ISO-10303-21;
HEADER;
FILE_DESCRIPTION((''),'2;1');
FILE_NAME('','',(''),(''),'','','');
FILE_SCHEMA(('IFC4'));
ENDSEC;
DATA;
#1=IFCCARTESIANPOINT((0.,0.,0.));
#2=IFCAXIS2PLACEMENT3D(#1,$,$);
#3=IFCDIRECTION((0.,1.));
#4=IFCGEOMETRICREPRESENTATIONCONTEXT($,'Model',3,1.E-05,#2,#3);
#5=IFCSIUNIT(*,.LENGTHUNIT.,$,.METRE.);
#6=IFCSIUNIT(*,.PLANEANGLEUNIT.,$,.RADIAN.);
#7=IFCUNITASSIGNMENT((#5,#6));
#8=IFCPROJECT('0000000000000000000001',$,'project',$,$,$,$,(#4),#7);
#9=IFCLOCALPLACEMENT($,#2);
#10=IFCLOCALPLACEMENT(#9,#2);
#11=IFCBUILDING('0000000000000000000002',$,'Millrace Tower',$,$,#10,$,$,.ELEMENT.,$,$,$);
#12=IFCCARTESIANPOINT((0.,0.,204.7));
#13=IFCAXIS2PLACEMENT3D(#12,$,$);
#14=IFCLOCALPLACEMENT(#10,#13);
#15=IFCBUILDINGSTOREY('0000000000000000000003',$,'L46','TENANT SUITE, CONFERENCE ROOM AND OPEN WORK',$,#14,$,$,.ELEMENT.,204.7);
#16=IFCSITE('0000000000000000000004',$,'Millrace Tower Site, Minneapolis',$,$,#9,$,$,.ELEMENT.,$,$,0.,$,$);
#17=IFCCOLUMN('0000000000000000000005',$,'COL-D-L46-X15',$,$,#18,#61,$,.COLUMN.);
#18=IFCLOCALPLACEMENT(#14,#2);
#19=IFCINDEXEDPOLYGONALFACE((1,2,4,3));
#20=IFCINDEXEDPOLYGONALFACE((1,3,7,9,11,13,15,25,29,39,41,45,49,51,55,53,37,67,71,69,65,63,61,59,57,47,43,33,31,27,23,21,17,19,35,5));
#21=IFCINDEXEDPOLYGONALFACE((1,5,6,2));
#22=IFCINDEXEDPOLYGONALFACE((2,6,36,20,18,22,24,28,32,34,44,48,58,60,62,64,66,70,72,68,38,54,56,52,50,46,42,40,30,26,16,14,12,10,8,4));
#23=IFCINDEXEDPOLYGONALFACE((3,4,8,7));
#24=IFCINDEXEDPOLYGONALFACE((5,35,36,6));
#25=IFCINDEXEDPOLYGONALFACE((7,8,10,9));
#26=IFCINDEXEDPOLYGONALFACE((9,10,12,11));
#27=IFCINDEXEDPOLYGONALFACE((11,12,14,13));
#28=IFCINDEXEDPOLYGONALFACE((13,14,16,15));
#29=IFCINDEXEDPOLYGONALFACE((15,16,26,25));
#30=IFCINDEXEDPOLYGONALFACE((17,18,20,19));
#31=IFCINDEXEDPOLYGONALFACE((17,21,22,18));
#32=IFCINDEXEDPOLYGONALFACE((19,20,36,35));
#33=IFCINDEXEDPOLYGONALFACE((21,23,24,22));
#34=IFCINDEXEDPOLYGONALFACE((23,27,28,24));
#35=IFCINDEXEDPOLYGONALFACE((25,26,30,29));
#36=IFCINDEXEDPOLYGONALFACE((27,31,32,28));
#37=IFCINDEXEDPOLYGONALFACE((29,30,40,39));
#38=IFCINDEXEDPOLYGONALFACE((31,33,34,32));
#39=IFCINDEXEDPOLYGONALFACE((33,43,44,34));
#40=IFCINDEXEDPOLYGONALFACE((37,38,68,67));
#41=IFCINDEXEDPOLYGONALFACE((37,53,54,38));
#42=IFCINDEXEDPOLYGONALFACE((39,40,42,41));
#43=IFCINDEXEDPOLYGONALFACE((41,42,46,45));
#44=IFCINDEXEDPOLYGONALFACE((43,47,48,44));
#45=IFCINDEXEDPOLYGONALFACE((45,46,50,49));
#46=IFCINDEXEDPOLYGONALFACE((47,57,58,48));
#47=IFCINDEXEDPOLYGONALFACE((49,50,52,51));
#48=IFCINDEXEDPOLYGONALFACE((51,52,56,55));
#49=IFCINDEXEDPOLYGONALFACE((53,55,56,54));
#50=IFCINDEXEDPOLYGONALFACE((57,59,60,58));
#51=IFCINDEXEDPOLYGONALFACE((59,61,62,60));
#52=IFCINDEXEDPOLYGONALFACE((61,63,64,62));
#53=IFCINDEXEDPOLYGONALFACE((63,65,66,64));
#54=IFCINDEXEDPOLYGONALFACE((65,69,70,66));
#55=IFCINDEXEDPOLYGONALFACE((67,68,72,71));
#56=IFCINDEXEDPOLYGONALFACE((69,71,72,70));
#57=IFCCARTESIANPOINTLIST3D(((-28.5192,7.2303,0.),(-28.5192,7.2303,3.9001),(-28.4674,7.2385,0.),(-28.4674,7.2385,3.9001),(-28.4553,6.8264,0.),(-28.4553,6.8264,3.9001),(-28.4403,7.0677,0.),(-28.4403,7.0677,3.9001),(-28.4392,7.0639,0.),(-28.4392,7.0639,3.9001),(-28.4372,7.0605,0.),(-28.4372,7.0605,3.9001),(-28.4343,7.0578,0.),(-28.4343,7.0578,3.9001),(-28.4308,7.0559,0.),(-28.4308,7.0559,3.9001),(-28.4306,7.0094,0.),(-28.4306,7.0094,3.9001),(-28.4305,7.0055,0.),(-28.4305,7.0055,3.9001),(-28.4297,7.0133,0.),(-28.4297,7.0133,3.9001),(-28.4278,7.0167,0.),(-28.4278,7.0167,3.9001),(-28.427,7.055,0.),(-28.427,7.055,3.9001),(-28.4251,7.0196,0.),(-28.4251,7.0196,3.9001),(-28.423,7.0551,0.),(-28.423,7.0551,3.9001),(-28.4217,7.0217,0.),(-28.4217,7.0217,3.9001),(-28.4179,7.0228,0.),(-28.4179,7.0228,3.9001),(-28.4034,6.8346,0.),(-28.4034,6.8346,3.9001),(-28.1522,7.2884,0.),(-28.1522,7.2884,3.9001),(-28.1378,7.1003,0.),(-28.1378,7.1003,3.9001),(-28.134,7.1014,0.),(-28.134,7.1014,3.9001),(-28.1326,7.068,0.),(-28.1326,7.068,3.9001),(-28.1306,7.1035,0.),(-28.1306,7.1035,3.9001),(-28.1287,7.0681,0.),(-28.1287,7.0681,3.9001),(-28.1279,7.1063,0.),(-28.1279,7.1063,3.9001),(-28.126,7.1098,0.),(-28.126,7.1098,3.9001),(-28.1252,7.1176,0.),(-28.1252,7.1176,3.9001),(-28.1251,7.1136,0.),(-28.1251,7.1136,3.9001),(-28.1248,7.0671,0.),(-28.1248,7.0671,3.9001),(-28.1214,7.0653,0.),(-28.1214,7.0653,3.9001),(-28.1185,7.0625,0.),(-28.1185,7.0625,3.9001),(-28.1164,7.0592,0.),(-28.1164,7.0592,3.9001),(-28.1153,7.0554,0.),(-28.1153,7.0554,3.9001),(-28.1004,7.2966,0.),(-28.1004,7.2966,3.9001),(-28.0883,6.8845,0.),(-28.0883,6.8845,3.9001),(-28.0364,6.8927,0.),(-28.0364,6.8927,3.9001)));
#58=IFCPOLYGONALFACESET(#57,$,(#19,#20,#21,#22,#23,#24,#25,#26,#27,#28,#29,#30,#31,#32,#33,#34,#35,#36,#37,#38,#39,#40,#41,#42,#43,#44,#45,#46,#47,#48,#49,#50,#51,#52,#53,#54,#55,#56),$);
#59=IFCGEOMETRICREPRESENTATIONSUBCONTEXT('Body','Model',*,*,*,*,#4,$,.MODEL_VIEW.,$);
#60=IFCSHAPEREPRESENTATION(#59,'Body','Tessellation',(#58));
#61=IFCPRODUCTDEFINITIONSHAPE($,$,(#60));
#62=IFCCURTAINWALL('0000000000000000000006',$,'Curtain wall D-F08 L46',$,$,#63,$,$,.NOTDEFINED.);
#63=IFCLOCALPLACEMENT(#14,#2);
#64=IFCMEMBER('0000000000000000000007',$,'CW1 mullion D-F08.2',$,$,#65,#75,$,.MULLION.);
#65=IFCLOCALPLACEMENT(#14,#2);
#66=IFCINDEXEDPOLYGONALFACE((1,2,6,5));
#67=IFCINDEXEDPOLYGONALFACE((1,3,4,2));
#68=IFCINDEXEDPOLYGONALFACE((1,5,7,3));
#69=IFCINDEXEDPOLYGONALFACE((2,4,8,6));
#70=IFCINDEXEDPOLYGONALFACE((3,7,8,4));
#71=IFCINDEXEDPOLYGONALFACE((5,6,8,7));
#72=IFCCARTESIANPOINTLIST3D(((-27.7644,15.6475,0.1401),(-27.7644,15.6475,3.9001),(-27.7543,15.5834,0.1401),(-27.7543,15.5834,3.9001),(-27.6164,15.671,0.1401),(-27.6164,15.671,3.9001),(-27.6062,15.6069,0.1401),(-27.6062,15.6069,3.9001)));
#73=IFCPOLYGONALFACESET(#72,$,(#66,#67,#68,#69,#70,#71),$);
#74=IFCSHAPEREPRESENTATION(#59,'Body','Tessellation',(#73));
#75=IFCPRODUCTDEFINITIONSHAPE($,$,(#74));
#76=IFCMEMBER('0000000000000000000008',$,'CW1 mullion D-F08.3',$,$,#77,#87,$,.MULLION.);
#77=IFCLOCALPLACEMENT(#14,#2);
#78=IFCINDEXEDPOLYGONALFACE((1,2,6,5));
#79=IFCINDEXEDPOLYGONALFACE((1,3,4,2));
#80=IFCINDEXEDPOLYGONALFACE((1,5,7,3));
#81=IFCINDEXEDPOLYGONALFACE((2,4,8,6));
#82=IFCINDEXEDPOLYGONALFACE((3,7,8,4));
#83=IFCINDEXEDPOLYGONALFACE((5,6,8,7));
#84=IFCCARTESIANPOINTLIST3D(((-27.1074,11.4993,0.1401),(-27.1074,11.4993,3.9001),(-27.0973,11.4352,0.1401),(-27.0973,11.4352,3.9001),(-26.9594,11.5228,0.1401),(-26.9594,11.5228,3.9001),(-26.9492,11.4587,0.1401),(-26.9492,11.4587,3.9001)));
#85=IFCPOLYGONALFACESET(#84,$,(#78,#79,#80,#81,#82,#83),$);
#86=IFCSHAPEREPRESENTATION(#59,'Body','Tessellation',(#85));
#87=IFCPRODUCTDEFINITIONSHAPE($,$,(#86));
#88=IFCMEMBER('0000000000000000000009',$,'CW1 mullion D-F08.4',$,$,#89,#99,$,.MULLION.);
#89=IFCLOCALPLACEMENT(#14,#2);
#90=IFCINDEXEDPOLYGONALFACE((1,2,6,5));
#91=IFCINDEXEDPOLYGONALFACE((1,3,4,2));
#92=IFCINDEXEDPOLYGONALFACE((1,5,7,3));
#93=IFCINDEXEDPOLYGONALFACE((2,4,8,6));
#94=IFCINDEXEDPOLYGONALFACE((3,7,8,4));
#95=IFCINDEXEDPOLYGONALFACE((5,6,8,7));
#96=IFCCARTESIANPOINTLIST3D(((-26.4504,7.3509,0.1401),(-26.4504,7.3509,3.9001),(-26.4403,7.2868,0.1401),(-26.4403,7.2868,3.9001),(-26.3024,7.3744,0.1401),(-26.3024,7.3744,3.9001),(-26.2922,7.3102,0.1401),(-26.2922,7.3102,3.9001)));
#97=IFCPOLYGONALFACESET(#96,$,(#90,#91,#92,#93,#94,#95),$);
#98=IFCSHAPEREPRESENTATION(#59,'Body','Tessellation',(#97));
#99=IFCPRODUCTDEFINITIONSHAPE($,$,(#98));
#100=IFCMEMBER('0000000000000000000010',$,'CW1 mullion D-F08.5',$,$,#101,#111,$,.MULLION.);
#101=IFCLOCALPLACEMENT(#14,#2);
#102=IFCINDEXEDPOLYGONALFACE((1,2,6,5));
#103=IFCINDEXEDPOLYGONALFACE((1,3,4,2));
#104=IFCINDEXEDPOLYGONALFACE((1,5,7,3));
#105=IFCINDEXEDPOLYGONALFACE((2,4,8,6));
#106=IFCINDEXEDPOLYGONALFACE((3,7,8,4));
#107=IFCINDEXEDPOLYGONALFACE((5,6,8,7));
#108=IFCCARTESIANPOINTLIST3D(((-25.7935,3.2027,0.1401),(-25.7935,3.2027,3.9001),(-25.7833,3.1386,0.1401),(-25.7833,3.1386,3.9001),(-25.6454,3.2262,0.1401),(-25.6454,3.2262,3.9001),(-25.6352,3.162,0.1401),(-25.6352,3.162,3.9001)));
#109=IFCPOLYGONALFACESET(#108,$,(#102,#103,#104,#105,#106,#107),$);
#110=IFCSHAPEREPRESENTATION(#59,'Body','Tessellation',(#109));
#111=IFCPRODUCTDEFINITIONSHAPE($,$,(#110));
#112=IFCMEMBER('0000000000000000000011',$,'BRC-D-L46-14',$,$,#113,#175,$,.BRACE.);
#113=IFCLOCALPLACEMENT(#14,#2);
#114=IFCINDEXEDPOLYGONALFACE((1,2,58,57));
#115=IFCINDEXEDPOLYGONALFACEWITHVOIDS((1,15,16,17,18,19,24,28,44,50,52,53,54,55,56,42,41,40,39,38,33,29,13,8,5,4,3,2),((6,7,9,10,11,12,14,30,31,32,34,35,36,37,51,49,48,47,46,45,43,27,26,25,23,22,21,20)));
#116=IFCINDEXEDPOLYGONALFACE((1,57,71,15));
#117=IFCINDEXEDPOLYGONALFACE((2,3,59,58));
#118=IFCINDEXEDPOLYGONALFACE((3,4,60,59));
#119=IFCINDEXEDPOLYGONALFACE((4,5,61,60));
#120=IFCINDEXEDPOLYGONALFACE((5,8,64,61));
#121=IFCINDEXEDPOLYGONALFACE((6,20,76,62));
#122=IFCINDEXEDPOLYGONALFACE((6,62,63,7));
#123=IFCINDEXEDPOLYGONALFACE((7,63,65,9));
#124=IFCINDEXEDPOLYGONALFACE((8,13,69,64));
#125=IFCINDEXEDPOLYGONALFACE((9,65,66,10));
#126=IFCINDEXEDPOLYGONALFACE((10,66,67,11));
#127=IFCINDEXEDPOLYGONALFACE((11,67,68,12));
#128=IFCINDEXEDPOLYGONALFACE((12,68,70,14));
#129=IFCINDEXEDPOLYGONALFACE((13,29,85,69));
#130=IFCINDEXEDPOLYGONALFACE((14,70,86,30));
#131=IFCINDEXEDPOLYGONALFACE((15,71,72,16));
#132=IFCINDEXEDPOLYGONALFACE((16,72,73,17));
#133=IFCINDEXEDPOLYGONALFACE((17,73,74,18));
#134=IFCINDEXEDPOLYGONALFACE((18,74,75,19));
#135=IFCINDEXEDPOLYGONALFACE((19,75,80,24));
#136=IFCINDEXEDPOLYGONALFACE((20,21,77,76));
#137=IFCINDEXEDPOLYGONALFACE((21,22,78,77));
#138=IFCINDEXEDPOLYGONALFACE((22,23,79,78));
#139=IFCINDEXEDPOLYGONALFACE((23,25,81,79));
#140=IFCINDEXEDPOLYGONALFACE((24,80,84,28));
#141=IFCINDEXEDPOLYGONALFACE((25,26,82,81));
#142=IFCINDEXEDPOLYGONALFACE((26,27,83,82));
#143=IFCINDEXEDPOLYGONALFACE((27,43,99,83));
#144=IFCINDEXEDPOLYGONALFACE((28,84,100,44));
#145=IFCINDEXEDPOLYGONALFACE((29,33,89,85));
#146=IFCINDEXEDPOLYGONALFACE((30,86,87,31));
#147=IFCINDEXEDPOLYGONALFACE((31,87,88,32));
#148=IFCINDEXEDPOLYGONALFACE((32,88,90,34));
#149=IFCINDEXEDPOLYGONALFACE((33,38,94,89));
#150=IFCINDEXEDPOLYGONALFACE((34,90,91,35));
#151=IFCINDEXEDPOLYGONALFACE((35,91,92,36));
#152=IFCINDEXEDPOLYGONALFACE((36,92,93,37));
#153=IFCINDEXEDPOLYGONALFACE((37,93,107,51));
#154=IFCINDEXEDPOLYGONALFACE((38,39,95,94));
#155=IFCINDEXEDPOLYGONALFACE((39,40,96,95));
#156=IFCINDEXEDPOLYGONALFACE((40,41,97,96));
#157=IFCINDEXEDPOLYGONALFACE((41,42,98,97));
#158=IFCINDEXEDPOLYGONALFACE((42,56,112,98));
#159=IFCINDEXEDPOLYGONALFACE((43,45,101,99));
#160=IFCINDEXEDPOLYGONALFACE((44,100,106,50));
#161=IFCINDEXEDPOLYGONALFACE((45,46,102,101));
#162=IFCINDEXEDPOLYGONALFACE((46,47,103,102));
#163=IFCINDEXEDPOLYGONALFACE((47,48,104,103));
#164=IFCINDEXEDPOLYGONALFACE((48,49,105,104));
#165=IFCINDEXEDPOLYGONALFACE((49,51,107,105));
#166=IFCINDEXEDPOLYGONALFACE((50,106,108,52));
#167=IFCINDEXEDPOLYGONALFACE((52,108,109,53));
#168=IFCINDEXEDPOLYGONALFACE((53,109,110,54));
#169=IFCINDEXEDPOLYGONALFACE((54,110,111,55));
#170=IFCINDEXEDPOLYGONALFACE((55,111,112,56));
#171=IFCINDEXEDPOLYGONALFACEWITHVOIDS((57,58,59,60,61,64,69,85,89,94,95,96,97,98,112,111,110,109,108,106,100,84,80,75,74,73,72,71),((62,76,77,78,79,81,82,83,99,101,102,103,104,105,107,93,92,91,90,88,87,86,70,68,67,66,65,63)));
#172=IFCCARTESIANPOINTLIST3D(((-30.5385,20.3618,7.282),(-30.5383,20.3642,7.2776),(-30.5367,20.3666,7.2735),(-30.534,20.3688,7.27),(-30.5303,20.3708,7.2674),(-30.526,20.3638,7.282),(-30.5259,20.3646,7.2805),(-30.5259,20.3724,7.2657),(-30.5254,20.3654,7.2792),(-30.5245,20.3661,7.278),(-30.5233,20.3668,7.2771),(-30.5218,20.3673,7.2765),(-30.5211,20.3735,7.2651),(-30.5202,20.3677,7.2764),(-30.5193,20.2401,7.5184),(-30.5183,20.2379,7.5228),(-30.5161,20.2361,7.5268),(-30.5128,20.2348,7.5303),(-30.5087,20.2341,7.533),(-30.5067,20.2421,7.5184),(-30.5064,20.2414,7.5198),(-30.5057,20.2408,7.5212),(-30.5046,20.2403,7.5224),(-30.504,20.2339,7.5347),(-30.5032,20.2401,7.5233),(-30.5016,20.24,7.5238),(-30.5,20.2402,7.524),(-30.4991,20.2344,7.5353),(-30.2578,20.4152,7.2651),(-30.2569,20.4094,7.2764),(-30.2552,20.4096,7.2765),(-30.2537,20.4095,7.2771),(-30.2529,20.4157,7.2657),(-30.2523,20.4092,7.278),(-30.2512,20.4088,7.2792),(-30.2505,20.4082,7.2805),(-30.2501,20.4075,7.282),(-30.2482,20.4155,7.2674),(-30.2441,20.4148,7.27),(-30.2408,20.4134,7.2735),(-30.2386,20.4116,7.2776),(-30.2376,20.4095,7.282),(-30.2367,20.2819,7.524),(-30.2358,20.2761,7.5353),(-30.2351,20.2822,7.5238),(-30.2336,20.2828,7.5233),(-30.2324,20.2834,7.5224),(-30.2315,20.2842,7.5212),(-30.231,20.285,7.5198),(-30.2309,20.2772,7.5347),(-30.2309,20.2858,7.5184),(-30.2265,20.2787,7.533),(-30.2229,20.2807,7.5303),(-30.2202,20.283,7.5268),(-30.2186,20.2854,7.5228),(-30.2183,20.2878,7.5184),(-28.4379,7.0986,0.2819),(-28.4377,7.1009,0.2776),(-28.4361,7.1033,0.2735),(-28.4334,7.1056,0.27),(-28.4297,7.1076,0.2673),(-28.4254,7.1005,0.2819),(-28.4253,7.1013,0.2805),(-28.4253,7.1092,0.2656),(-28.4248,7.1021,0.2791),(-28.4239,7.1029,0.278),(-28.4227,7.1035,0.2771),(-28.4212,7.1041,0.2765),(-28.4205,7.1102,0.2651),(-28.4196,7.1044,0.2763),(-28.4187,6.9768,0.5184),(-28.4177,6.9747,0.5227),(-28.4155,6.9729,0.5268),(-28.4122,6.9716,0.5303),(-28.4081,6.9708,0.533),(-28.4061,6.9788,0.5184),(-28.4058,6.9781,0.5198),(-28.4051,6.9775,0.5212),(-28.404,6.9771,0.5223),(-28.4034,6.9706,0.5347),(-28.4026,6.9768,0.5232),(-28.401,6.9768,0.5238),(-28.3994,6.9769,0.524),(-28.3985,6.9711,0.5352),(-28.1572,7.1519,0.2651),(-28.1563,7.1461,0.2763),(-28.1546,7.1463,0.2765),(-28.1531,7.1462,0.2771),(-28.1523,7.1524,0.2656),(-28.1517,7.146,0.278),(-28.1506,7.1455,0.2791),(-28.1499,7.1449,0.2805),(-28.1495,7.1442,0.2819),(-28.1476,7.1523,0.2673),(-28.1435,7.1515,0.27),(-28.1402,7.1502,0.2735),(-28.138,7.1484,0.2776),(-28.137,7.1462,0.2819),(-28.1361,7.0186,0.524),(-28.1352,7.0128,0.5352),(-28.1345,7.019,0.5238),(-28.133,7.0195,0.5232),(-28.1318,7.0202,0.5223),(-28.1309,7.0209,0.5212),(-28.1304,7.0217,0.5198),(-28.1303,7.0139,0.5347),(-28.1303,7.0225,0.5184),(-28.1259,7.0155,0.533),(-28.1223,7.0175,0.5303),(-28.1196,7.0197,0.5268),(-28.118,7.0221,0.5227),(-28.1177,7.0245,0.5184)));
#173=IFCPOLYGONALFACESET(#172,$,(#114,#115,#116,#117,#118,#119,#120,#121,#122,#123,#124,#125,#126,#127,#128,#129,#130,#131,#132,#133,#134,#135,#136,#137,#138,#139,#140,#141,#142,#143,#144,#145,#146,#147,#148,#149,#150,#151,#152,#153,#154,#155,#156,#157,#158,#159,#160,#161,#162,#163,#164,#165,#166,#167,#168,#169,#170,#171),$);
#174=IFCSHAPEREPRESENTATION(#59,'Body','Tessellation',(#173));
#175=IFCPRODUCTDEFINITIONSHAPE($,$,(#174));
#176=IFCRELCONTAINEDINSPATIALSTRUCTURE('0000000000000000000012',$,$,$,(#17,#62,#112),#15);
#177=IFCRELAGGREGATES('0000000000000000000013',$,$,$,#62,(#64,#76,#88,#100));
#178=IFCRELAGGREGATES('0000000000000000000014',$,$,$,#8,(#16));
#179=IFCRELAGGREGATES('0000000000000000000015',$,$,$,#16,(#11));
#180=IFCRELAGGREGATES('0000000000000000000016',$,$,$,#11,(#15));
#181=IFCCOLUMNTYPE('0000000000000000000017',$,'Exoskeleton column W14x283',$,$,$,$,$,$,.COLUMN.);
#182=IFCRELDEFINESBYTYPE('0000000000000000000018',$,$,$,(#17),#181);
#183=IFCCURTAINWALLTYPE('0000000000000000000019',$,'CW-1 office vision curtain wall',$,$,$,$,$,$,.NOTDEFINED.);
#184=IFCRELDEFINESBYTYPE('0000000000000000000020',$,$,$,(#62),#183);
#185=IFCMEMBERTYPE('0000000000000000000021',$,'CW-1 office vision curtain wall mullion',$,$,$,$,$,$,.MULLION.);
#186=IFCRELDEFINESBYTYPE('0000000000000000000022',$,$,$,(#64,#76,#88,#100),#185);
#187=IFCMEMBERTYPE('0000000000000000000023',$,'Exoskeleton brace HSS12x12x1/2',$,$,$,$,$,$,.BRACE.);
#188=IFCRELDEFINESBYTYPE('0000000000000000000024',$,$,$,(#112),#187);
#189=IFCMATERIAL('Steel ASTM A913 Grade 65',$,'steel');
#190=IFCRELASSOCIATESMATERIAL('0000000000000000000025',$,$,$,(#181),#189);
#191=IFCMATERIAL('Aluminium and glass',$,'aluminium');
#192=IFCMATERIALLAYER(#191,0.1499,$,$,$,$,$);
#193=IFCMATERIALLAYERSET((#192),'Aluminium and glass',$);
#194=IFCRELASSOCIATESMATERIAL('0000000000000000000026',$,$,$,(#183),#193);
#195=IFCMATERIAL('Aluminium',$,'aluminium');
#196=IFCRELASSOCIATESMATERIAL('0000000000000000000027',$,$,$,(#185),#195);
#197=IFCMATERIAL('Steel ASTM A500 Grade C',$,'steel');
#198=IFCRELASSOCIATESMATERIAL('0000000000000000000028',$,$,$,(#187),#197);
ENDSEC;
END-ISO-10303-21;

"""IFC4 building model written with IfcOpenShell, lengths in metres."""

from ifc_helpers import new_model, si_unit, direction, frame, origin, origin_2d, place, context, subcontext, project, spatial, rectangle, hollow_rectangle, i_section, extrude, material, layer, layer_set, material_profile, profile_set, type_object, element, aggregate, save


model = new_model("IFC4")

# Units and contexts
model_context = context("Model", 3, precision=1e-05, world=origin(), true_north=direction((0.0, 1.0)))
body_context = subcontext(model_context, "Body", "Model", "MODEL_VIEW")
ifc_project = project(units=[si_unit("LENGTHUNIT", "METRE"), si_unit("PLANEANGLEUNIT", "RADIAN")], contexts=[model_context])

# Site, building, storey
site_placement = place(None, origin())
site = spatial("IfcSite", under=ifc_project, at=site_placement, Name="Millrace Tower Site, Minneapolis", CompositionType="ELEMENT", RefElevation=0.0)
building_placement = place(site_placement, origin())
building = spatial("IfcBuilding", under=site, at=building_placement, Name="Millrace Tower", CompositionType="ELEMENT")
storey_placement = place(building_placement, frame((0.0, 0.0, 204.7)))
storey = spatial("IfcBuildingStorey", under=building, at=storey_placement, Name="L46", Description="TENANT SUITE, CONFERENCE ROOM AND OPEN WORK", CompositionType="ELEMENT", Elevation=204.7)

# Column
ifc_material_1 = material(Name="Steel ASTM A913 Grade 65", Category="steel")
ifc_material_profile_1 = material_profile(ifc_material_1, i_section(OverallWidth=0.4089, OverallDepth=0.4241, WebThickness=0.0327, FlangeThickness=0.0525, FilletRadius=0.0151, at=origin_2d()))
ifc_profile_set_1 = profile_set([ifc_material_profile_1], Name="Steel ASTM A913 Grade 65")
column_type = type_object("IfcColumnType", Name="Exoskeleton column W14x283", PredefinedType="COLUMN", material=ifc_profile_set_1)
column_placement = place(storey_placement, frame((-28.2778, 7.0615, 0.0), z_axis=(0.0, 0.0, 1.0), x_axis=(0.156434, -0.987688, 0.0)))
element("IfcColumn", 1, at=column_placement, inside=storey, type_object=column_type, Name="COL-D-L46-X15", PredefinedType="COLUMN", context=body_context, shape_type="SweptSolid", body=[
    extrude(i_section(OverallWidth=0.4089, OverallDepth=0.4241, WebThickness=0.0327, FlangeThickness=0.0525, FilletRadius=0.0151, at=origin_2d()), origin(), (0.0, 0.0, 1.0), 3.9001),
])

# Curtain wall, members
ifc_material_2 = material(Name="Aluminium and glass", Category="aluminium")
ifc_layer_1 = layer(ifc_material_2, 0.1499)
ifc_layer_set_1 = layer_set([ifc_layer_1], Name="Aluminium and glass")
curtain_wall_type = type_object("IfcCurtainWallType", Name="CW-1 office vision curtain wall", PredefinedType="NOTDEFINED", material=ifc_layer_set_1)
curtain_wall_placement = place(storey_placement, origin())
curtain_wall = element("IfcCurtainWall", 2, at=curtain_wall_placement, inside=storey, type_object=curtain_wall_type, Name="Curtain wall D-F08 L46", PredefinedType="NOTDEFINED")
ifc_material_3 = material(Name="Aluminium", Category="aluminium")
ifc_material_profile_2 = material_profile(ifc_material_3, rectangle(XDim=0.0649, YDim=0.1499, at=origin_2d()))
ifc_profile_set_2 = profile_set([ifc_material_profile_2], Name="Aluminium")
member_type_1 = type_object("IfcMemberType", Name="CW-1 office vision curtain wall mullion", PredefinedType="MULLION", material=ifc_profile_set_2)
member_1_placement = place(storey_placement, frame((-27.6853, 15.6272, 0.1401), z_axis=(0.0, 0.0, 1.0), x_axis=(0.156434, -0.987688, 0.0)))
member_1 = element("IfcMember", 3, at=member_1_placement, type_object=member_type_1, Name="CW1 mullion D-F08.2", PredefinedType="MULLION", context=body_context, shape_type="SweptSolid", body=[
    extrude(rectangle(XDim=0.0649, YDim=0.1499, at=origin_2d()), origin(), (0.0, 0.0, 1.0), 3.76),
])
member_2_placement = place(storey_placement, frame((-27.0283, 11.479, 0.1401), z_axis=(0.0, 0.0, 1.0), x_axis=(0.156434, -0.987688, 0.0)))
member_2 = element("IfcMember", 4, at=member_2_placement, type_object=member_type_1, Name="CW1 mullion D-F08.3", PredefinedType="MULLION", context=body_context, shape_type="SweptSolid", body=[
    extrude(rectangle(XDim=0.0649, YDim=0.1499, at=origin_2d()), origin(), (0.0, 0.0, 1.0), 3.76),
])
member_3_placement = place(storey_placement, frame((-26.3713, 7.3306, 0.1401), z_axis=(0.0, 0.0, 1.0), x_axis=(0.156434, -0.987688, 0.0)))
member_3 = element("IfcMember", 5, at=member_3_placement, type_object=member_type_1, Name="CW1 mullion D-F08.4", PredefinedType="MULLION", context=body_context, shape_type="SweptSolid", body=[
    extrude(rectangle(XDim=0.0649, YDim=0.1499, at=origin_2d()), origin(), (0.0, 0.0, 1.0), 3.76),
])
member_4_placement = place(storey_placement, frame((-25.7144, 3.1824, 0.1401), z_axis=(0.0, 0.0, 1.0), x_axis=(0.156434, -0.987688, 0.0)))
member_4 = element("IfcMember", 6, at=member_4_placement, type_object=member_type_1, Name="CW1 mullion D-F08.5", PredefinedType="MULLION", context=body_context, shape_type="SweptSolid", body=[
    extrude(rectangle(XDim=0.0649, YDim=0.1499, at=origin_2d()), origin(), (0.0, 0.0, 1.0), 3.76),
])
aggregate(curtain_wall, [member_1, member_2, member_3, member_4])

# Member
ifc_material_4 = material(Name="Steel ASTM A500 Grade C", Category="steel")
ifc_material_profile_3 = material_profile(ifc_material_4, hollow_rectangle(XDim=0.3047, YDim=0.3047, WallThickness=0.0127, InnerFilletRadius=0.0063, OuterFilletRadius=0.019, at=origin_2d()))
ifc_profile_set_3 = profile_set([ifc_material_profile_3], Name="Steel ASTM A500 Grade C")
member_type_2 = type_object("IfcMemberType", Name="Exoskeleton brace HSS12x12x1/2", PredefinedType="BRACE", material=ifc_profile_set_3)
member_5_placement = place(storey_placement, frame((-28.2778, 7.0615, 0.4001), z_axis=(-0.138712, 0.875836, 0.462246), x_axis=(-0.987689, -0.156427, 0.0)))
element("IfcMember", 7, at=member_5_placement, inside=storey, type_object=member_type_2, Name="BRC-D-L46-14", PredefinedType="BRACE", context=body_context, shape_type="SweptSolid", body=[
    extrude(hollow_rectangle(XDim=0.3047, YDim=0.3047, WallThickness=0.0127, InnerFilletRadius=0.0063, OuterFilletRadius=0.019, at=origin_2d()), origin(), (0.0, 0.0, 1.0), 15.1436),
])

save(model, "model.ifc")
